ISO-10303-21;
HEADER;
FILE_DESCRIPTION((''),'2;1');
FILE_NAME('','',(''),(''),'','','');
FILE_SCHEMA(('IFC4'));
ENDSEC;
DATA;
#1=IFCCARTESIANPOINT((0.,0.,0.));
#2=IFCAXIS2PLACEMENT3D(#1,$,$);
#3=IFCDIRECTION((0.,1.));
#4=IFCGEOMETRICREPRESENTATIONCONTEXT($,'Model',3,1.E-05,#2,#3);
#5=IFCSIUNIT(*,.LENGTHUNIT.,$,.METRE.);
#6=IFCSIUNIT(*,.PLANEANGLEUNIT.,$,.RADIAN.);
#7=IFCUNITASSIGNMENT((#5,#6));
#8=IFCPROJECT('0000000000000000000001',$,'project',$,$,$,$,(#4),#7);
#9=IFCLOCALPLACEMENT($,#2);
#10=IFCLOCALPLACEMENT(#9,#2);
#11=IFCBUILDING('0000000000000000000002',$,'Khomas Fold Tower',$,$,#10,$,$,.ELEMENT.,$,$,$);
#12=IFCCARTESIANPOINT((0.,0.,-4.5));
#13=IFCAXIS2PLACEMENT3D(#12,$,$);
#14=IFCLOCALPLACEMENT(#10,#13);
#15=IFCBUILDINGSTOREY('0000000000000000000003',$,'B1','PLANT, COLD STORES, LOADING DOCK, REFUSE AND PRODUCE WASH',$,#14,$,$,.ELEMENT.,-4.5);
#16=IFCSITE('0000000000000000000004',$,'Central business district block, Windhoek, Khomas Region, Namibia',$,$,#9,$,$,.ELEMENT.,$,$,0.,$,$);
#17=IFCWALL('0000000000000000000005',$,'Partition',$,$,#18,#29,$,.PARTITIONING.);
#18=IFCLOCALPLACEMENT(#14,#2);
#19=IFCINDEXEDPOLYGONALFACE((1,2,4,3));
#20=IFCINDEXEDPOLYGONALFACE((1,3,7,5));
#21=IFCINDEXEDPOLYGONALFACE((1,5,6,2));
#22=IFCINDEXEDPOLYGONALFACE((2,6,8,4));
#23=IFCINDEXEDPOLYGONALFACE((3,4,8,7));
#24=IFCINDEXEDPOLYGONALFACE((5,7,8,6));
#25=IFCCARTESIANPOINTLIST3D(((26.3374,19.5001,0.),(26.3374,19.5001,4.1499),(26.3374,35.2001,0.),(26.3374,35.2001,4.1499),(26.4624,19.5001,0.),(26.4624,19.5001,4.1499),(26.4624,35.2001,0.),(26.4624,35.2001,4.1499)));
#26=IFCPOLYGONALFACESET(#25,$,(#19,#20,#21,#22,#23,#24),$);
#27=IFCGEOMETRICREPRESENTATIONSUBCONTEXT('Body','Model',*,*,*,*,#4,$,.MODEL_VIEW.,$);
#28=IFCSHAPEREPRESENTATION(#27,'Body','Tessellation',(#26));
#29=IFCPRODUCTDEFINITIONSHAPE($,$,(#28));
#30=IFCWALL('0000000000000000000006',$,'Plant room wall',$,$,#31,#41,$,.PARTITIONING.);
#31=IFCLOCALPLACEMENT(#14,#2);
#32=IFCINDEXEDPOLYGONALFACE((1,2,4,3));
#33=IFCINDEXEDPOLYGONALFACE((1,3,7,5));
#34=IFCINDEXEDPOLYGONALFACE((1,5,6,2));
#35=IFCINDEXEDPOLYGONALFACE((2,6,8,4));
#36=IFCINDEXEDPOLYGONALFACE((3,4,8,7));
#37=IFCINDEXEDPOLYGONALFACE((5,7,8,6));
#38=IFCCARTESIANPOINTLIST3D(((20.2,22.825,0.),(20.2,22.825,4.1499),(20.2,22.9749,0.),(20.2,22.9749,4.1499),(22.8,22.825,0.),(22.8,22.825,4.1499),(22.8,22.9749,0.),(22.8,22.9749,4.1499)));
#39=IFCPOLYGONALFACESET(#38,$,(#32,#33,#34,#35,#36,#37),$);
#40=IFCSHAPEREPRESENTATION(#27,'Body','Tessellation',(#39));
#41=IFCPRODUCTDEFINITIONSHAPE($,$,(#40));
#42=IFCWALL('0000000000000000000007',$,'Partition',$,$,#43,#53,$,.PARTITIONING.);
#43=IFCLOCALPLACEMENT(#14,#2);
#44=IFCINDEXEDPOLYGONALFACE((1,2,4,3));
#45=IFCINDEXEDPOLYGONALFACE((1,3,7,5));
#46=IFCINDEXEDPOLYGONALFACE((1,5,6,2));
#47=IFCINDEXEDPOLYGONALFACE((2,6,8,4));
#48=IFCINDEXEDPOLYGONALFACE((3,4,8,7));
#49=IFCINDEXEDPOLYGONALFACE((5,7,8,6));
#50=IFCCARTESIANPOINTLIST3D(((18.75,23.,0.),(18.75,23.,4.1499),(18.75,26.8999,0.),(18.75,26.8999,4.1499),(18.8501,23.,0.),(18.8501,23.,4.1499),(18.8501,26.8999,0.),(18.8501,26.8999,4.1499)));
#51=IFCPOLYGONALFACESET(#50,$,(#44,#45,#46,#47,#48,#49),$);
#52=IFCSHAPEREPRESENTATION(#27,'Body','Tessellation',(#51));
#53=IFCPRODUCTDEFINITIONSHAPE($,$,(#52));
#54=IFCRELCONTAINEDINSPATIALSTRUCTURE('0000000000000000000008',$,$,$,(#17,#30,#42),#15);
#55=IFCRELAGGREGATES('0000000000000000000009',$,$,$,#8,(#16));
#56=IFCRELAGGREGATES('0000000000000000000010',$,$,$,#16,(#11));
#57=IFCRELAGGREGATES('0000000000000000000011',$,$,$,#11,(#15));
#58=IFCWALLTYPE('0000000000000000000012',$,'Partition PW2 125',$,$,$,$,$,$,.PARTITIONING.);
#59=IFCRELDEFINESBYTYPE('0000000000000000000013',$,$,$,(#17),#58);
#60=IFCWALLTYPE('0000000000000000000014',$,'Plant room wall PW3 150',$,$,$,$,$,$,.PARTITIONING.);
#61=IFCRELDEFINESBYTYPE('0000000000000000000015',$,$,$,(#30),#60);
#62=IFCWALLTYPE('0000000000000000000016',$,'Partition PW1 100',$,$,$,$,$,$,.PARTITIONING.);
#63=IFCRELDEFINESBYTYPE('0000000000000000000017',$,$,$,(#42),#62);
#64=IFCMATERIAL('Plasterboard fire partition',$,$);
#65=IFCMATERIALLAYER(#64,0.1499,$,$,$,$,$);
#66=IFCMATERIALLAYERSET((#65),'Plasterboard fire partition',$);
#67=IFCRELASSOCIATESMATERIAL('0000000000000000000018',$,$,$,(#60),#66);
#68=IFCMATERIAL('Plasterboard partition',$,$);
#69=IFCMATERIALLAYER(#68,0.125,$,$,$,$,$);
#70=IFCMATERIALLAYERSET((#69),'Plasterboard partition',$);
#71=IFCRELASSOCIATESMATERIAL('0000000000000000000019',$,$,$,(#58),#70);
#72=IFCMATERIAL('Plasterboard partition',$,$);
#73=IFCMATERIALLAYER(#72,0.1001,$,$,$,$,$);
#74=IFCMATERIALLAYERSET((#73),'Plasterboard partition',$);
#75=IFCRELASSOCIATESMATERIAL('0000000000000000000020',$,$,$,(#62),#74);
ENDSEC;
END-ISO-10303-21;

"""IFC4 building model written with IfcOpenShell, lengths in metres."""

from ifc_helpers import new_model, si_unit, direction, frame, frame_2d, origin, place, context, subcontext, project, spatial, rectangle, extrude, source, transform, mapped, material, layer, layer_set, type_object, element, save


model = new_model("IFC4")

# Units and contexts
model_context = context("Model", 3, precision=1e-05, world=origin(), true_north=direction((0.0, 1.0)))
body_context = subcontext(model_context, "Body", "Model", "MODEL_VIEW")
ifc_project = project(units=[si_unit("LENGTHUNIT", "METRE"), si_unit("PLANEANGLEUNIT", "RADIAN")], contexts=[model_context])

# Site, building, storey
site_placement = place(None, origin())
site = spatial("IfcSite", under=ifc_project, at=site_placement, Name="Central business district block, Windhoek, Khomas Region, Namibia", CompositionType="ELEMENT", RefElevation=0.0)
building_placement = place(site_placement, origin())
building = spatial("IfcBuilding", under=site, at=building_placement, Name="Khomas Fold Tower", CompositionType="ELEMENT")
storey_placement = place(building_placement, frame((0.0, 0.0, -4.5)))
storey = spatial("IfcBuildingStorey", under=building, at=storey_placement, Name="B1", Description="PLANT, COLD STORES, LOADING DOCK, REFUSE AND PRODUCE WASH", CompositionType="ELEMENT", Elevation=-4.5)

# Shared definitions
ifc_material_1 = material(Name="Plasterboard fire partition")
ifc_layer_1 = layer(ifc_material_1, 0.1499)
ifc_layer_set_1 = layer_set([ifc_layer_1], Name="Plasterboard fire partition")
wall_type_1 = type_object("IfcWallType", Name="Plant room wall PW3 150", PredefinedType="PARTITIONING", material=ifc_layer_set_1)

# Shared definitions
ifc_material_2 = material(Name="Plasterboard partition")
ifc_layer_2 = layer(ifc_material_2, 0.125)
ifc_layer_set_2 = layer_set([ifc_layer_2], Name="Plasterboard partition")
wall_type_2 = type_object("IfcWallType", Name="Partition PW2 125", PredefinedType="PARTITIONING", material=ifc_layer_set_2)

# Walls
shared_shape_1 = source(origin(), body_context, "Body", "SweptSolid", [
    extrude(rectangle(XDim=15.7, YDim=0.125, at=frame_2d((7.8501, 0.0))), origin(), (0.0, 0.0, 1.0), 4.1499),
])
wall_1_placement = place(storey_placement, frame((26.3999, 19.5, 0.0), z_axis=(0.0, 0.0, 1.0), x_axis=(0.0, 1.0, 0.0)))
element("IfcWall", 1, at=wall_1_placement, inside=storey, type_object=wall_type_2, Name="Partition", PredefinedType="PARTITIONING", context=body_context, shape_type="MappedRepresentation", body=[
    mapped(shared_shape_1, transform((0.0, 0.0, 0.0))),
])
shared_shape_2 = source(origin(), body_context, "Body", "SweptSolid", [
    extrude(rectangle(XDim=2.6001, YDim=0.1499, at=frame_2d((1.3, 0.0))), origin(), (0.0, 0.0, 1.0), 4.1499),
])
wall_2_placement = place(storey_placement, frame((20.2, 22.8999, 0.0), z_axis=(0.0, 0.0, 1.0), x_axis=(1.0, 0.0, 0.0)))
element("IfcWall", 2, at=wall_2_placement, inside=storey, type_object=wall_type_1, Name="Plant room wall", PredefinedType="PARTITIONING", context=body_context, shape_type="MappedRepresentation", body=[
    mapped(shared_shape_2, transform((0.0, 0.0, 0.0))),
])
ifc_material_3 = material(Name="Plasterboard partition")
ifc_layer_3 = layer(ifc_material_3, 0.1001)
ifc_layer_set_3 = layer_set([ifc_layer_3], Name="Plasterboard partition")
wall_type_3 = type_object("IfcWallType", Name="Partition PW1 100", PredefinedType="PARTITIONING", material=ifc_layer_set_3)
shared_shape_3 = source(origin(), body_context, "Body", "SweptSolid", [
    extrude(rectangle(XDim=3.8999, YDim=0.1001, at=frame_2d((1.95, 0.0))), origin(), (0.0, 0.0, 1.0), 4.1499),
])
wall_3_placement = place(storey_placement, frame((18.8, 23.0, 0.0), z_axis=(0.0, 0.0, 1.0), x_axis=(0.0, 1.0, 0.0)))
element("IfcWall", 3, at=wall_3_placement, inside=storey, type_object=wall_type_3, Name="Partition", PredefinedType="PARTITIONING", context=body_context, shape_type="MappedRepresentation", body=[
    mapped(shared_shape_3, transform((0.0, 0.0, 0.0))),
])

save(model, "model.ifc")
